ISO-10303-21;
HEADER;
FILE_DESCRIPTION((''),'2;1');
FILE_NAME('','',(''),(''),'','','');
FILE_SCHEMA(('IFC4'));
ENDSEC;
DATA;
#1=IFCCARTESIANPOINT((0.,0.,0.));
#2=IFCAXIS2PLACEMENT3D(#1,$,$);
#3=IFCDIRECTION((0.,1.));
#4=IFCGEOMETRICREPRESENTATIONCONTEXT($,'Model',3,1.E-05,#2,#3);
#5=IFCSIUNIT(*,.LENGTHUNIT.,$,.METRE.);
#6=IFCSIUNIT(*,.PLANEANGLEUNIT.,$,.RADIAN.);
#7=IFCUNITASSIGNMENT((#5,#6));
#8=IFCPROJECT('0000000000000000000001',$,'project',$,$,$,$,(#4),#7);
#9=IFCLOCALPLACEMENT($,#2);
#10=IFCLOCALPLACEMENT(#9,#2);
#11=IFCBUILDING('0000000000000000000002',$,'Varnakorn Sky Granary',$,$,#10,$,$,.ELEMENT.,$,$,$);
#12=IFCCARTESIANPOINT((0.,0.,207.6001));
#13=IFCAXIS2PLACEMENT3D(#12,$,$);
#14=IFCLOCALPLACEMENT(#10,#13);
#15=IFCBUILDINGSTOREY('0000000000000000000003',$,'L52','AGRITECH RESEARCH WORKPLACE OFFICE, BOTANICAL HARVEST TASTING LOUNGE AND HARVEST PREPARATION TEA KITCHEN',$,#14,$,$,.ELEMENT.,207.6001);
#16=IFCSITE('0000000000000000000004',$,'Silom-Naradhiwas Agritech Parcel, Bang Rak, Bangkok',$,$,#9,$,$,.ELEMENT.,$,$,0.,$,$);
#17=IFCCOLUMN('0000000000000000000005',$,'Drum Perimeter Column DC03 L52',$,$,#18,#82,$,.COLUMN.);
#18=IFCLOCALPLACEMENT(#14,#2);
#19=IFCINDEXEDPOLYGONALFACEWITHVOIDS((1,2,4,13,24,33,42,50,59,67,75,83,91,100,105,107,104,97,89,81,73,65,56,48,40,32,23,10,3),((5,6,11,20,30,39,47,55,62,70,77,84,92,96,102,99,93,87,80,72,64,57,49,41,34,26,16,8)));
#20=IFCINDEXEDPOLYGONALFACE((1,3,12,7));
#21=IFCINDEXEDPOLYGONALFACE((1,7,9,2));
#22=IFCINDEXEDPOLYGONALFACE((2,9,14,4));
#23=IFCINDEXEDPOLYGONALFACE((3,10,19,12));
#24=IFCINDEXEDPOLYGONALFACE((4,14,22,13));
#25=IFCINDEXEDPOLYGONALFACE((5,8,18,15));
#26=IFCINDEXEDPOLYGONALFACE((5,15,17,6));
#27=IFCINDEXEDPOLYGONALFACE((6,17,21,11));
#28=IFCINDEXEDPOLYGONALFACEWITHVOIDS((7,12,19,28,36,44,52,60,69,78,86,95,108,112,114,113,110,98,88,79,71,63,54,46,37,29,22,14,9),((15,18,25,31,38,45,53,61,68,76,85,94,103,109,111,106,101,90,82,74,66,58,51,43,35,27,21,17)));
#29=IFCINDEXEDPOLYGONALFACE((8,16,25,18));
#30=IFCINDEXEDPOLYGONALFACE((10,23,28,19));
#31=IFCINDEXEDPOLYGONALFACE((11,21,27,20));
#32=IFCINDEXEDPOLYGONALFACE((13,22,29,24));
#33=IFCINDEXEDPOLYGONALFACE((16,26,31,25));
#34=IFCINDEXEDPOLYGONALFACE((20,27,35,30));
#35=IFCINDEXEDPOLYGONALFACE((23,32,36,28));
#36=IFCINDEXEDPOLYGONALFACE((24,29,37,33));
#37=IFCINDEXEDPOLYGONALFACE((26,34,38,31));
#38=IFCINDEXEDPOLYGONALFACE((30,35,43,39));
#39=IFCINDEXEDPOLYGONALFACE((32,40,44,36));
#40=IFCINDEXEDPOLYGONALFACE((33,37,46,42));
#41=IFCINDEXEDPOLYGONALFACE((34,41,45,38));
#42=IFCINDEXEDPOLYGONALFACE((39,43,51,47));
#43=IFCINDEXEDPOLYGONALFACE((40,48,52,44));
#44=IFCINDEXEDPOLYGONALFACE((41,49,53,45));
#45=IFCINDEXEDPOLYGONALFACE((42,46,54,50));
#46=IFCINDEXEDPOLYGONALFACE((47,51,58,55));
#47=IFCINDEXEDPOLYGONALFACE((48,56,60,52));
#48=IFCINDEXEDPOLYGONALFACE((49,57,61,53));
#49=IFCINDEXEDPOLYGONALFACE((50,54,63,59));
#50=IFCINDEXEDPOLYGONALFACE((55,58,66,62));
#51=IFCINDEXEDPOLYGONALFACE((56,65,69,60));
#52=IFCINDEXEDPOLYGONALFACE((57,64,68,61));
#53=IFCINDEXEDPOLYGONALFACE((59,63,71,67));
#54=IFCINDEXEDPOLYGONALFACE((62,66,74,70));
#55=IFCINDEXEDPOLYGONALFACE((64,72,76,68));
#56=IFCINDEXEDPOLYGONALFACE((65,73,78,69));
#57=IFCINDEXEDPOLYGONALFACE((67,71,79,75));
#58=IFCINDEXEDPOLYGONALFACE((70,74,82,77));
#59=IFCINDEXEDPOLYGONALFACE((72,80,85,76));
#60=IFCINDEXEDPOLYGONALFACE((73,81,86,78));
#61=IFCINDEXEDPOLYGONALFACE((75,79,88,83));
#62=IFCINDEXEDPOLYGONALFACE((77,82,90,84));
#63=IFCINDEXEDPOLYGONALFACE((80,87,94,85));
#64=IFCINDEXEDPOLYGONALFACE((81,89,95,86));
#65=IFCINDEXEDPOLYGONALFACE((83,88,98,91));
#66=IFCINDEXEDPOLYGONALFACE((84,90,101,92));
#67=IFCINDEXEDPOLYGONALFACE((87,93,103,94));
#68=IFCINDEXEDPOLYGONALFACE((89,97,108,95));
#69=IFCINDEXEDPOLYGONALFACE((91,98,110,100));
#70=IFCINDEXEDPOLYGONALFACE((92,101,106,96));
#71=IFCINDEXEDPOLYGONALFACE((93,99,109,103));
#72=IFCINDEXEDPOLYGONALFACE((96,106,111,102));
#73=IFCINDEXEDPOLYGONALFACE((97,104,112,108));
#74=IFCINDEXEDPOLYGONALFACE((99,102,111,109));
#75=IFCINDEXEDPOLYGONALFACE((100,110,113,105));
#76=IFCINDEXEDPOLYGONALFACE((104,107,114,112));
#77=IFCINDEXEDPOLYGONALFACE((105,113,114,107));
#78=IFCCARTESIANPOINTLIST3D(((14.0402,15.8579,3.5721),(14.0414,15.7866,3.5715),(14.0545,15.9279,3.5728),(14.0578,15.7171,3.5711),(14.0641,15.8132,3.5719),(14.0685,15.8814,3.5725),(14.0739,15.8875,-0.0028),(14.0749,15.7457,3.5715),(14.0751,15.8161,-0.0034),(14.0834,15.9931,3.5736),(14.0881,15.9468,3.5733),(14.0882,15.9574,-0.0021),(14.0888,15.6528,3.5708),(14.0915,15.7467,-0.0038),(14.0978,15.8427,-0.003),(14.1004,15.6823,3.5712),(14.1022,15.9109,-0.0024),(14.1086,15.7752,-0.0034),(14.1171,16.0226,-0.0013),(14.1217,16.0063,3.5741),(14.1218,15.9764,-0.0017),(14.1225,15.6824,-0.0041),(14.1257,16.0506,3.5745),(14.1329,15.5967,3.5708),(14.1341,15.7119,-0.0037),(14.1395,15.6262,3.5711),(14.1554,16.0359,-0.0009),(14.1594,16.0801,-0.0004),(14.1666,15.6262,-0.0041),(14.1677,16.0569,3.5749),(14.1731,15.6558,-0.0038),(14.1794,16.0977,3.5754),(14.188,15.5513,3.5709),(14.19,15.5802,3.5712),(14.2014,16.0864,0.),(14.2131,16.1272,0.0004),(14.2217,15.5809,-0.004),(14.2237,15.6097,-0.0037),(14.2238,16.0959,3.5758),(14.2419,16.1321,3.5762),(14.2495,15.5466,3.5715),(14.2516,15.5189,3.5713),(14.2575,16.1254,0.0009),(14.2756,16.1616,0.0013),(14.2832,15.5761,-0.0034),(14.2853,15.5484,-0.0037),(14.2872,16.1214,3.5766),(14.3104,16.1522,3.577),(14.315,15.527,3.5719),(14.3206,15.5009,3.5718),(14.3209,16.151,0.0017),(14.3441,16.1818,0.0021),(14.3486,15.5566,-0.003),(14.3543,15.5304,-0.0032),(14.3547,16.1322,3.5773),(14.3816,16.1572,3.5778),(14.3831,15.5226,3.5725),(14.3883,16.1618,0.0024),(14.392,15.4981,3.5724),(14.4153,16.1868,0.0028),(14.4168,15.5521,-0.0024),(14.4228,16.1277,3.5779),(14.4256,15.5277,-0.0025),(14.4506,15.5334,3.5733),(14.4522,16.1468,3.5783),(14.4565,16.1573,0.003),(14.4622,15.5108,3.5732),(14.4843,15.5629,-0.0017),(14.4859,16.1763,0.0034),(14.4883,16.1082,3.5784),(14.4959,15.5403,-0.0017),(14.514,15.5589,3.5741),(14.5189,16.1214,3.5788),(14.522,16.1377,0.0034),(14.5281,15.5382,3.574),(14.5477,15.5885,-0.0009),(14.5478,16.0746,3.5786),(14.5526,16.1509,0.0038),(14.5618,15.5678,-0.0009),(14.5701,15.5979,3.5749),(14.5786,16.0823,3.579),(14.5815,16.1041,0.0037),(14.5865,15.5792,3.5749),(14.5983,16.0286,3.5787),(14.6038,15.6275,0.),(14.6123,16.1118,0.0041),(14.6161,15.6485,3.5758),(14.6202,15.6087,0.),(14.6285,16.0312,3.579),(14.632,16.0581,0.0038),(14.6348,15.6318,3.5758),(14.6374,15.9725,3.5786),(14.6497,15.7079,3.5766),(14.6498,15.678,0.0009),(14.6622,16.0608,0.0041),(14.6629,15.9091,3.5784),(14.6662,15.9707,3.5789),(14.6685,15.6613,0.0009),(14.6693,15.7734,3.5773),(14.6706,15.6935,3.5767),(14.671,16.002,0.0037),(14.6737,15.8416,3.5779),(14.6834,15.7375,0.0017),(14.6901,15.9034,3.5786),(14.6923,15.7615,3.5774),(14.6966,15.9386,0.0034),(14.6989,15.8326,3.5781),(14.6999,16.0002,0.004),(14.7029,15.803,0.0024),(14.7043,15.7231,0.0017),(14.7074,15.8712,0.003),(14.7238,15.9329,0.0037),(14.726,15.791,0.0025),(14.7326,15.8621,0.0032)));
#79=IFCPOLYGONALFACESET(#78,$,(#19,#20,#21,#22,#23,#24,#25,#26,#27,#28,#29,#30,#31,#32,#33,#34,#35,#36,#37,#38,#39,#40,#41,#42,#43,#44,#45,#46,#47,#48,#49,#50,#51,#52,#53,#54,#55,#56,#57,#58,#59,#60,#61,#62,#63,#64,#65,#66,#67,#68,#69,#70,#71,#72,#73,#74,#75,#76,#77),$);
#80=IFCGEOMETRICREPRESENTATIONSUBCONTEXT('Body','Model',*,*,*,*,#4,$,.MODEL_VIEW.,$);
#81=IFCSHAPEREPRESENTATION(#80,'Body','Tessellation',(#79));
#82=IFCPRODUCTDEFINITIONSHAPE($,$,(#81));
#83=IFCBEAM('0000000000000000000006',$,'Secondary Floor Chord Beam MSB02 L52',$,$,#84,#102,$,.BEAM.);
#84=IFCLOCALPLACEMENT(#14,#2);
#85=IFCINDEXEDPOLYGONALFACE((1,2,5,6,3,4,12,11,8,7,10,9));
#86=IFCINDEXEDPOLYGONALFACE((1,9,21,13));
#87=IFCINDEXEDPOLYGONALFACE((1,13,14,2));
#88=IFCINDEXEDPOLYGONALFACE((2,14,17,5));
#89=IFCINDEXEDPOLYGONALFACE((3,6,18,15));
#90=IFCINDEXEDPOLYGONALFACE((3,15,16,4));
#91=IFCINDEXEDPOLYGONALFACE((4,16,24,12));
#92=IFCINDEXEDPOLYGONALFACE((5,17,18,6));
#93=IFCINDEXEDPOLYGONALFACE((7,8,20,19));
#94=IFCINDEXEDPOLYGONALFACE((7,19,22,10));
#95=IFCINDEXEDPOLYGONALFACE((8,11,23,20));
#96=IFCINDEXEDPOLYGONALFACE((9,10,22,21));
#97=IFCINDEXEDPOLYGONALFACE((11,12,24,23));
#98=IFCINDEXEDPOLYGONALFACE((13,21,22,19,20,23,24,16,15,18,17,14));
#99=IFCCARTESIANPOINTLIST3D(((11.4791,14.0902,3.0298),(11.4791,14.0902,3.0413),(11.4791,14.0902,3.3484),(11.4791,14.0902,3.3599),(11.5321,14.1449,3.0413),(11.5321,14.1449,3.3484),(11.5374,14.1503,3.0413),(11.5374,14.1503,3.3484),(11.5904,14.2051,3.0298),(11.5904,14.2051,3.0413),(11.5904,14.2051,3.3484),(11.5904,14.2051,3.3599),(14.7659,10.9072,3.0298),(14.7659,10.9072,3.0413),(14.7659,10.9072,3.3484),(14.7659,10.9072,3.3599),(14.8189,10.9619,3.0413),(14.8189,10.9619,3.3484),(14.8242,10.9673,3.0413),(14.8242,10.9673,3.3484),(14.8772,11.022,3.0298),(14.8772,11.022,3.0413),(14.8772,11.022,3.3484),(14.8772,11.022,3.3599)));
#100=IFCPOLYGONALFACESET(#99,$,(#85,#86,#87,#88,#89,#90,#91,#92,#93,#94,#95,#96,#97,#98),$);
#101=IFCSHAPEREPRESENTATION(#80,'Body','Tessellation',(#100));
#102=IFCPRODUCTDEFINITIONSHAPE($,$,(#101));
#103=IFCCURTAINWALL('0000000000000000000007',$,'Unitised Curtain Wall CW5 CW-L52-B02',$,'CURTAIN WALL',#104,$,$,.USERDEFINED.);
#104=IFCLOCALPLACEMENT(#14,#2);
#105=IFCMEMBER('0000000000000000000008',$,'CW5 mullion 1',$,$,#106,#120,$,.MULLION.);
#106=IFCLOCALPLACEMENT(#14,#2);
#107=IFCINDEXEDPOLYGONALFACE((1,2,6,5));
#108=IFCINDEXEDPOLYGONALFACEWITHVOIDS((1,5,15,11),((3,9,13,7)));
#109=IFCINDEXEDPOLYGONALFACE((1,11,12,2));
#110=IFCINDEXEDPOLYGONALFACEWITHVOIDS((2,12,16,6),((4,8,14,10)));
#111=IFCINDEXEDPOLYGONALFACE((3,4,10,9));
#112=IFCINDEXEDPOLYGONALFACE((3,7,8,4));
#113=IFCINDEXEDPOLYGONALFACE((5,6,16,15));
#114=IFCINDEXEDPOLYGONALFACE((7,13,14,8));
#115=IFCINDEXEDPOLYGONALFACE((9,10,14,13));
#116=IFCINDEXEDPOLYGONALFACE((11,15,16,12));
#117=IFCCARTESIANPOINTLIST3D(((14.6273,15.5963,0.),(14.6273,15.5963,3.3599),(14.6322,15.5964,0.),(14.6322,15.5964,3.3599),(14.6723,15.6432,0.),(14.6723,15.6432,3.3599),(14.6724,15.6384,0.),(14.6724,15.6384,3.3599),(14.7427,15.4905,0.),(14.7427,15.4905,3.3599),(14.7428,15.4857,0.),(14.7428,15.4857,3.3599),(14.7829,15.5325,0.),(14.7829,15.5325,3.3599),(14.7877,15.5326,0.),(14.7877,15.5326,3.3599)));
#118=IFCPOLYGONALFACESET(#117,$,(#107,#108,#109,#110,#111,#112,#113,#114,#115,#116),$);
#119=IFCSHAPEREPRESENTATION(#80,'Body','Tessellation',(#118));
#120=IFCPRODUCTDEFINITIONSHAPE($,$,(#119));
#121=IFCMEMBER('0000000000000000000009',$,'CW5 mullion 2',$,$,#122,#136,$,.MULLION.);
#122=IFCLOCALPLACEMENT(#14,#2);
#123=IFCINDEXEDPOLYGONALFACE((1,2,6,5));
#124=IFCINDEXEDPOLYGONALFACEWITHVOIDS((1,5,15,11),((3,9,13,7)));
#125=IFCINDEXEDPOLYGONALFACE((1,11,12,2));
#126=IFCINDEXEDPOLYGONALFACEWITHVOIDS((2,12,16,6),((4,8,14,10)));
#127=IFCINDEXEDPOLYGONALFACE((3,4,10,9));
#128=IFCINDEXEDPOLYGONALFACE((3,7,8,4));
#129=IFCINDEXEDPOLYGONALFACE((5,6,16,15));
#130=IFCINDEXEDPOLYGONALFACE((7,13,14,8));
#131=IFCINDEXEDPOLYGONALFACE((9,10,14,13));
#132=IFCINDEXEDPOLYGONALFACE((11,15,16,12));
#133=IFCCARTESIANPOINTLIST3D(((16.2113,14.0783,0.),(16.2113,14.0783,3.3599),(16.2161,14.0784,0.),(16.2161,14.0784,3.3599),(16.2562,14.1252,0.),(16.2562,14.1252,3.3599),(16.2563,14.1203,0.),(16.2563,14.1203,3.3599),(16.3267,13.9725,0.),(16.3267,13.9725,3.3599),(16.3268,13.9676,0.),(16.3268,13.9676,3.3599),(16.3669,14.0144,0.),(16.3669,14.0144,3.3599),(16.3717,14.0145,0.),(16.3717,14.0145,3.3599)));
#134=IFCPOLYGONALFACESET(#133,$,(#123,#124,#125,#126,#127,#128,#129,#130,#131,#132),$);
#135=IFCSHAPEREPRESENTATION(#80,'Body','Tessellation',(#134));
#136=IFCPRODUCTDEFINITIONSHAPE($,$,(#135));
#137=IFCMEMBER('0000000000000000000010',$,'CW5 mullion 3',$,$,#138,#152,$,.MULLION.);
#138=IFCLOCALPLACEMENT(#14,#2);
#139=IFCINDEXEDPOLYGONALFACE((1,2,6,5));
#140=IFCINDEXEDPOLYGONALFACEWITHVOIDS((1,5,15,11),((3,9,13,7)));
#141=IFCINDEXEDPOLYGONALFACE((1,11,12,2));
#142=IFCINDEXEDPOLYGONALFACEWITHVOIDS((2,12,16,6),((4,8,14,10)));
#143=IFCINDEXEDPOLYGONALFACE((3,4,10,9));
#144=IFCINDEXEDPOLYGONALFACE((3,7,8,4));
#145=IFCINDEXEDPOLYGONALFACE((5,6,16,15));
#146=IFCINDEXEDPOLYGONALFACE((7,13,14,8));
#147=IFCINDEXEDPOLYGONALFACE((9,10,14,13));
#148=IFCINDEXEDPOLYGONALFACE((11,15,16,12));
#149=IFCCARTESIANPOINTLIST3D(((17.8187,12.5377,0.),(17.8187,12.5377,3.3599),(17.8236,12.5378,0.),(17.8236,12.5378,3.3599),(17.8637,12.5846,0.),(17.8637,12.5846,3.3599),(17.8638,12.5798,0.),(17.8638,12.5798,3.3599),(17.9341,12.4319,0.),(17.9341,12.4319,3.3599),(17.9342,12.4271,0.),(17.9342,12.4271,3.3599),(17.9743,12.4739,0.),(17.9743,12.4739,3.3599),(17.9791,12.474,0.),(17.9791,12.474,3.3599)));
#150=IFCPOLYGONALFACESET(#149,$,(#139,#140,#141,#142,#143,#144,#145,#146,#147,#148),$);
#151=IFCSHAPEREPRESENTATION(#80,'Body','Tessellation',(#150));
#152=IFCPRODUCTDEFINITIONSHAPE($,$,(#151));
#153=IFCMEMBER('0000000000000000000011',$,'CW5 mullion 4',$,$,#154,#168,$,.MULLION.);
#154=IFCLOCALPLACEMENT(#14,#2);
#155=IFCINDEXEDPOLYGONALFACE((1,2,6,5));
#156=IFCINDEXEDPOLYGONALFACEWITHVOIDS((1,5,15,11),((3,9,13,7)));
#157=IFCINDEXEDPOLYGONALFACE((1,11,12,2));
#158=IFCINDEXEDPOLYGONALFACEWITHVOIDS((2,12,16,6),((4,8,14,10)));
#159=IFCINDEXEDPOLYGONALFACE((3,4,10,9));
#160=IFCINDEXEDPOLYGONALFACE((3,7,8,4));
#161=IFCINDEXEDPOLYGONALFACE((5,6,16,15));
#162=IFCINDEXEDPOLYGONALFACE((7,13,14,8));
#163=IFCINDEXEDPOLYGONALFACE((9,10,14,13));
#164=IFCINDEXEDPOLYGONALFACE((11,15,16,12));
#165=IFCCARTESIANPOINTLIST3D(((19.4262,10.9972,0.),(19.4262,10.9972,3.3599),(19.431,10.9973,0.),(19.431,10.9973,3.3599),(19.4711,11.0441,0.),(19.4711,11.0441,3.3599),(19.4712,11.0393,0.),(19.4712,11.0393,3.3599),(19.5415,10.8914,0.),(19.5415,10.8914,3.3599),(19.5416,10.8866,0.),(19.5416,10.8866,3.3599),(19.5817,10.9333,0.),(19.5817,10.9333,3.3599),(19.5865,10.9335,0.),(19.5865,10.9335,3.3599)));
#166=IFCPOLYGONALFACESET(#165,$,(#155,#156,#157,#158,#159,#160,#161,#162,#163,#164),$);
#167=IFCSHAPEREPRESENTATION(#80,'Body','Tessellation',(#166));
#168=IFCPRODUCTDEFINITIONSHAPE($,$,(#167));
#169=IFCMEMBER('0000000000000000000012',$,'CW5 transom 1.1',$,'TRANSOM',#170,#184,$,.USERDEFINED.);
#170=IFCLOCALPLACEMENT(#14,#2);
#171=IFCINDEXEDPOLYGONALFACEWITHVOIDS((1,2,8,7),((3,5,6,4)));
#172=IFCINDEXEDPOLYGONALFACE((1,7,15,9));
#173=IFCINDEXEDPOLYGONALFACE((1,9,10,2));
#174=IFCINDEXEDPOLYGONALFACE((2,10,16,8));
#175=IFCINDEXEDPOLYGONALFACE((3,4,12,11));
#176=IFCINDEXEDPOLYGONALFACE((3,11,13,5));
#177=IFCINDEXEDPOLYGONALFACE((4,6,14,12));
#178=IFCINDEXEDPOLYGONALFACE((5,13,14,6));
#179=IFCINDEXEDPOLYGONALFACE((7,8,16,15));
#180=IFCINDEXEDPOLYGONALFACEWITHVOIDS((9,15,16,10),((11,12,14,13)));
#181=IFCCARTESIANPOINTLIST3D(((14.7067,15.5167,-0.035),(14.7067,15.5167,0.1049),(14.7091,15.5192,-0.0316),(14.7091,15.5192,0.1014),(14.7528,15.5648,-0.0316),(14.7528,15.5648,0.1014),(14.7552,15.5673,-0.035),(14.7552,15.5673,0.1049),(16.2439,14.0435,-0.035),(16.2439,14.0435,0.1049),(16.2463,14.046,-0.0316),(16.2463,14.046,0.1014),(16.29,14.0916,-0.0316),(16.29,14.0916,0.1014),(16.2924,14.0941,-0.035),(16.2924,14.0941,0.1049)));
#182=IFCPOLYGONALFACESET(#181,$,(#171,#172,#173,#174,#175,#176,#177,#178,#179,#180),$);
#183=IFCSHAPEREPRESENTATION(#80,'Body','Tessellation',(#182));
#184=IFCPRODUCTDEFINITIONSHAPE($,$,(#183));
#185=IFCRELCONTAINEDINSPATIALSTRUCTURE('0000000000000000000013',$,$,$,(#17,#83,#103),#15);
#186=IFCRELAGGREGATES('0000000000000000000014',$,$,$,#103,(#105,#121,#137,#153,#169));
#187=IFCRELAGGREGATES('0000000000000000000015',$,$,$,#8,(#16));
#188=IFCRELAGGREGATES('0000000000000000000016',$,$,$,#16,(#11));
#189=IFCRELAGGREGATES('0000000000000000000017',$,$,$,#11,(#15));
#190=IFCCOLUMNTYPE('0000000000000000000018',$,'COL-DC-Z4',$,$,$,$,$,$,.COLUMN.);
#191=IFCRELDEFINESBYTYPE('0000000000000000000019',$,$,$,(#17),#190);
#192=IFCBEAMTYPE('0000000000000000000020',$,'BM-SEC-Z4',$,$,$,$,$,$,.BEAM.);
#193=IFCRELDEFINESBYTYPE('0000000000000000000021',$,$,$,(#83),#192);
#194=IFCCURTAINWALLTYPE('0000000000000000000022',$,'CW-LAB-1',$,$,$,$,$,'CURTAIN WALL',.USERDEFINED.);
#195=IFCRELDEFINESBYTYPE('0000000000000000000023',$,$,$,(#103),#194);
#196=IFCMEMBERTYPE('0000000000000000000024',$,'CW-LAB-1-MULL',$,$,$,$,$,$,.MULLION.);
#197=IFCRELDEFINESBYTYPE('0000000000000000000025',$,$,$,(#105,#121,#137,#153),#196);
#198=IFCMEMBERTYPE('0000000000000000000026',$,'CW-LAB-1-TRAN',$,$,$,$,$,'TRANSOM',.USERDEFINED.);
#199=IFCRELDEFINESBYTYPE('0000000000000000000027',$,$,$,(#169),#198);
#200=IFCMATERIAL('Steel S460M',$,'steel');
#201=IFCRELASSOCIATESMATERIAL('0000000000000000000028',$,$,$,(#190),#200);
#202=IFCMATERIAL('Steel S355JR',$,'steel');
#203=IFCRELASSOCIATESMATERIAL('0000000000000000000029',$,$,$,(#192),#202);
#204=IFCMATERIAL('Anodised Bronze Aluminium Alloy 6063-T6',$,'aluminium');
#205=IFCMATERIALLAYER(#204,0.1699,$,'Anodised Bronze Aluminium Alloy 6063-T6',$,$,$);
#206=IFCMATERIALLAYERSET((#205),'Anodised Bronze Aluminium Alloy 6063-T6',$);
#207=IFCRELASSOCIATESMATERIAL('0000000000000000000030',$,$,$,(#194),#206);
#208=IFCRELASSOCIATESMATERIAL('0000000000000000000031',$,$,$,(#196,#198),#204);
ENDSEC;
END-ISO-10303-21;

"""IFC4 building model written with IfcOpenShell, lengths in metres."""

from ifc_helpers import new_model, si_unit, direction, frame, origin, origin_2d, place, context, subcontext, project, spatial, hollow_rectangle, hollow_circle, i_section, extrude, material, layer, layer_set, material_profile, profile_set, type_object, element, aggregate, save


model = new_model("IFC4")

# Units and contexts
model_context = context("Model", 3, precision=1e-05, world=origin(), true_north=direction((0.0, 1.0)))
body_context = subcontext(model_context, "Body", "Model", "MODEL_VIEW")
ifc_project = project(units=[si_unit("LENGTHUNIT", "METRE"), si_unit("PLANEANGLEUNIT", "RADIAN")], contexts=[model_context])

# Site, building, storey
site_placement = place(None, origin())
site = spatial("IfcSite", under=ifc_project, at=site_placement, Name="Silom-Naradhiwas Agritech Parcel, Bang Rak, Bangkok", CompositionType="ELEMENT", RefElevation=0.0)
building_placement = place(site_placement, origin())
building = spatial("IfcBuilding", under=site, at=building_placement, Name="Varnakorn Sky Granary", CompositionType="ELEMENT")
storey_placement = place(building_placement, frame((0.0, 0.0, 207.6001)))
storey = spatial("IfcBuildingStorey", under=building, at=storey_placement, Name="L52", Description="AGRITECH RESEARCH WORKPLACE OFFICE, BOTANICAL HARVEST TASTING LOUNGE AND HARVEST PREPARATION TEA KITCHEN", CompositionType="ELEMENT", Elevation=207.6001)

# Column
ifc_material_1 = material(Name="Steel S460M", Category="steel")
ifc_material_profile_1 = material_profile(ifc_material_1, hollow_circle(Radius=0.3301, WallThickness=0.0249, at=origin_2d()), Name="CHS 660x25")
ifc_profile_set_1 = profile_set([ifc_material_profile_1], Name="Steel S460M")
column_type = type_object("IfcColumnType", Name="COL-DC-Z4", PredefinedType="COLUMN", material=ifc_profile_set_1)
column_placement = place(storey_placement, frame((14.4026, 15.8569, 0.0), z_axis=(-0.009424, -0.008263, 0.999921), x_axis=(0.659276, -0.751901, 0.0)))
element("IfcColumn", 1, at=column_placement, inside=storey, type_object=column_type, Name="Drum Perimeter Column DC03 L52", PredefinedType="COLUMN", context=body_context, shape_type="SweptSolid", body=[
    extrude(hollow_circle(Radius=0.3301, WallThickness=0.0249, at=origin_2d()), origin(), (0.0, 0.0, 1.0), 3.5752),
])

# Beam
ifc_material_2 = material(Name="Steel S355JR", Category="steel")
ifc_material_profile_2 = material_profile(ifc_material_2, i_section(OverallWidth=0.1599, OverallDepth=0.3301, WebThickness=0.0076, FlangeThickness=0.0115, at=origin_2d()), Name="IPE 330")
ifc_profile_set_2 = profile_set([ifc_material_profile_2], Name="Steel S355JR")
beam_type = type_object("IfcBeamType", Name="BM-SEC-Z4", PredefinedType="BEAM", material=ifc_profile_set_2)
beam_placement = place(storey_placement, frame((14.8215, 10.9646, 3.1948), z_axis=(-0.718354, 0.695677, 0.0), x_axis=(-0.695677, -0.718354, 0.0)))
element("IfcBeam", 2, at=beam_placement, inside=storey, type_object=beam_type, Name="Secondary Floor Chord Beam MSB02 L52", PredefinedType="BEAM", context=body_context, shape_type="SweptSolid", body=[
    extrude(i_section(OverallWidth=0.1599, OverallDepth=0.3301, WebThickness=0.0076, FlangeThickness=0.0115, at=origin_2d()), origin(), (0.0, 0.0, 1.0), 4.5754),
])

# Curtain wall, members
ifc_material_3 = material(Name="Anodised Bronze Aluminium Alloy 6063-T6", Category="aluminium")
ifc_layer_1 = layer(ifc_material_3, 0.1699, Name="Anodised Bronze Aluminium Alloy 6063-T6")
ifc_layer_set_1 = layer_set([ifc_layer_1], Name="Anodised Bronze Aluminium Alloy 6063-T6")
curtain_wall_type = type_object("IfcCurtainWallType", Name="CW-LAB-1", ElementType="CURTAIN WALL", PredefinedType="USERDEFINED", material=ifc_layer_set_1)
curtain_wall_placement = place(storey_placement, origin())
curtain_wall = element("IfcCurtainWall", 3, at=curtain_wall_placement, inside=storey, type_object=curtain_wall_type, Name="Unitised Curtain Wall CW5 CW-L52-B02", ObjectType="CURTAIN WALL", PredefinedType="USERDEFINED")
ifc_material_profile_3 = material_profile(ifc_material_3, hollow_rectangle(XDim=0.0649, YDim=0.1599, WallThickness=0.0034, at=origin_2d()), Name="ALU MULL 65x160")
ifc_profile_set_3 = profile_set([ifc_material_profile_3], Name="Anodised Bronze Aluminium Alloy 6063-T6")
member_type_1 = type_object("IfcMemberType", Name="CW-LAB-1-MULL", PredefinedType="MULLION", material=ifc_profile_set_3)
member_1_placement = place(storey_placement, frame((14.7075, 15.5645, 0.0), z_axis=(0.0, 0.0, 1.0), x_axis=(0.691923, 0.721971, 0.0)))
member_1 = element("IfcMember", 4, at=member_1_placement, type_object=member_type_1, Name="CW5 mullion 1", PredefinedType="MULLION", context=body_context, shape_type="SweptSolid", body=[
    extrude(hollow_rectangle(XDim=0.0649, YDim=0.1599, WallThickness=0.0034, at=origin_2d()), origin(), (0.0, 0.0, 1.0), 3.3599),
])
member_2_placement = place(storey_placement, frame((16.2915, 14.0464, 0.0), z_axis=(0.0, 0.0, 1.0), x_axis=(0.691923, 0.721971, 0.0)))
member_2 = element("IfcMember", 5, at=member_2_placement, type_object=member_type_1, Name="CW5 mullion 2", PredefinedType="MULLION", context=body_context, shape_type="SweptSolid", body=[
    extrude(hollow_rectangle(XDim=0.0649, YDim=0.1599, WallThickness=0.0034, at=origin_2d()), origin(), (0.0, 0.0, 1.0), 3.3599),
])
member_3_placement = place(storey_placement, frame((17.8989, 12.5059, 0.0), z_axis=(0.0, 0.0, 1.0), x_axis=(0.691923, 0.721971, 0.0)))
member_3 = element("IfcMember", 6, at=member_3_placement, type_object=member_type_1, Name="CW5 mullion 3", PredefinedType="MULLION", context=body_context, shape_type="SweptSolid", body=[
    extrude(hollow_rectangle(XDim=0.0649, YDim=0.1599, WallThickness=0.0034, at=origin_2d()), origin(), (0.0, 0.0, 1.0), 3.3599),
])
member_4_placement = place(storey_placement, frame((19.5063, 10.9653, 0.0), z_axis=(0.0, 0.0, 1.0), x_axis=(0.691923, 0.721971, 0.0)))
member_4 = element("IfcMember", 7, at=member_4_placement, type_object=member_type_1, Name="CW5 mullion 4", PredefinedType="MULLION", context=body_context, shape_type="SweptSolid", body=[
    extrude(hollow_rectangle(XDim=0.0649, YDim=0.1599, WallThickness=0.0034, at=origin_2d()), origin(), (0.0, 0.0, 1.0), 3.3599),
])
ifc_material_profile_4 = material_profile(ifc_material_3, hollow_rectangle(XDim=0.0701, YDim=0.1399, WallThickness=0.0034, at=origin_2d()), Name="ALU TRAN 70x140")
ifc_profile_set_4 = profile_set([ifc_material_profile_4], Name="Anodised Bronze Aluminium Alloy 6063-T6")
member_type_2 = type_object("IfcMemberType", Name="CW-LAB-1-TRAN", ElementType="TRANSOM", PredefinedType="USERDEFINED", material=ifc_profile_set_4)
member_5_placement = place(storey_placement, frame((14.731, 15.542, 0.0349), z_axis=(0.721969, -0.691925, 0.0), x_axis=(0.691925, 0.721969, 0.0)))
member_5 = element("IfcMember", 8, at=member_5_placement, type_object=member_type_2, Name="CW5 transom 1.1", ObjectType="TRANSOM", PredefinedType="USERDEFINED", context=body_context, shape_type="SweptSolid", body=[
    extrude(hollow_rectangle(XDim=0.0701, YDim=0.1399, WallThickness=0.0034, at=origin_2d()), origin(), (0.0, 0.0, 1.0), 2.1292),
])

aggregate(curtain_wall, [member_1, member_2, member_3, member_4, member_5])

save(model, "model.ifc")
